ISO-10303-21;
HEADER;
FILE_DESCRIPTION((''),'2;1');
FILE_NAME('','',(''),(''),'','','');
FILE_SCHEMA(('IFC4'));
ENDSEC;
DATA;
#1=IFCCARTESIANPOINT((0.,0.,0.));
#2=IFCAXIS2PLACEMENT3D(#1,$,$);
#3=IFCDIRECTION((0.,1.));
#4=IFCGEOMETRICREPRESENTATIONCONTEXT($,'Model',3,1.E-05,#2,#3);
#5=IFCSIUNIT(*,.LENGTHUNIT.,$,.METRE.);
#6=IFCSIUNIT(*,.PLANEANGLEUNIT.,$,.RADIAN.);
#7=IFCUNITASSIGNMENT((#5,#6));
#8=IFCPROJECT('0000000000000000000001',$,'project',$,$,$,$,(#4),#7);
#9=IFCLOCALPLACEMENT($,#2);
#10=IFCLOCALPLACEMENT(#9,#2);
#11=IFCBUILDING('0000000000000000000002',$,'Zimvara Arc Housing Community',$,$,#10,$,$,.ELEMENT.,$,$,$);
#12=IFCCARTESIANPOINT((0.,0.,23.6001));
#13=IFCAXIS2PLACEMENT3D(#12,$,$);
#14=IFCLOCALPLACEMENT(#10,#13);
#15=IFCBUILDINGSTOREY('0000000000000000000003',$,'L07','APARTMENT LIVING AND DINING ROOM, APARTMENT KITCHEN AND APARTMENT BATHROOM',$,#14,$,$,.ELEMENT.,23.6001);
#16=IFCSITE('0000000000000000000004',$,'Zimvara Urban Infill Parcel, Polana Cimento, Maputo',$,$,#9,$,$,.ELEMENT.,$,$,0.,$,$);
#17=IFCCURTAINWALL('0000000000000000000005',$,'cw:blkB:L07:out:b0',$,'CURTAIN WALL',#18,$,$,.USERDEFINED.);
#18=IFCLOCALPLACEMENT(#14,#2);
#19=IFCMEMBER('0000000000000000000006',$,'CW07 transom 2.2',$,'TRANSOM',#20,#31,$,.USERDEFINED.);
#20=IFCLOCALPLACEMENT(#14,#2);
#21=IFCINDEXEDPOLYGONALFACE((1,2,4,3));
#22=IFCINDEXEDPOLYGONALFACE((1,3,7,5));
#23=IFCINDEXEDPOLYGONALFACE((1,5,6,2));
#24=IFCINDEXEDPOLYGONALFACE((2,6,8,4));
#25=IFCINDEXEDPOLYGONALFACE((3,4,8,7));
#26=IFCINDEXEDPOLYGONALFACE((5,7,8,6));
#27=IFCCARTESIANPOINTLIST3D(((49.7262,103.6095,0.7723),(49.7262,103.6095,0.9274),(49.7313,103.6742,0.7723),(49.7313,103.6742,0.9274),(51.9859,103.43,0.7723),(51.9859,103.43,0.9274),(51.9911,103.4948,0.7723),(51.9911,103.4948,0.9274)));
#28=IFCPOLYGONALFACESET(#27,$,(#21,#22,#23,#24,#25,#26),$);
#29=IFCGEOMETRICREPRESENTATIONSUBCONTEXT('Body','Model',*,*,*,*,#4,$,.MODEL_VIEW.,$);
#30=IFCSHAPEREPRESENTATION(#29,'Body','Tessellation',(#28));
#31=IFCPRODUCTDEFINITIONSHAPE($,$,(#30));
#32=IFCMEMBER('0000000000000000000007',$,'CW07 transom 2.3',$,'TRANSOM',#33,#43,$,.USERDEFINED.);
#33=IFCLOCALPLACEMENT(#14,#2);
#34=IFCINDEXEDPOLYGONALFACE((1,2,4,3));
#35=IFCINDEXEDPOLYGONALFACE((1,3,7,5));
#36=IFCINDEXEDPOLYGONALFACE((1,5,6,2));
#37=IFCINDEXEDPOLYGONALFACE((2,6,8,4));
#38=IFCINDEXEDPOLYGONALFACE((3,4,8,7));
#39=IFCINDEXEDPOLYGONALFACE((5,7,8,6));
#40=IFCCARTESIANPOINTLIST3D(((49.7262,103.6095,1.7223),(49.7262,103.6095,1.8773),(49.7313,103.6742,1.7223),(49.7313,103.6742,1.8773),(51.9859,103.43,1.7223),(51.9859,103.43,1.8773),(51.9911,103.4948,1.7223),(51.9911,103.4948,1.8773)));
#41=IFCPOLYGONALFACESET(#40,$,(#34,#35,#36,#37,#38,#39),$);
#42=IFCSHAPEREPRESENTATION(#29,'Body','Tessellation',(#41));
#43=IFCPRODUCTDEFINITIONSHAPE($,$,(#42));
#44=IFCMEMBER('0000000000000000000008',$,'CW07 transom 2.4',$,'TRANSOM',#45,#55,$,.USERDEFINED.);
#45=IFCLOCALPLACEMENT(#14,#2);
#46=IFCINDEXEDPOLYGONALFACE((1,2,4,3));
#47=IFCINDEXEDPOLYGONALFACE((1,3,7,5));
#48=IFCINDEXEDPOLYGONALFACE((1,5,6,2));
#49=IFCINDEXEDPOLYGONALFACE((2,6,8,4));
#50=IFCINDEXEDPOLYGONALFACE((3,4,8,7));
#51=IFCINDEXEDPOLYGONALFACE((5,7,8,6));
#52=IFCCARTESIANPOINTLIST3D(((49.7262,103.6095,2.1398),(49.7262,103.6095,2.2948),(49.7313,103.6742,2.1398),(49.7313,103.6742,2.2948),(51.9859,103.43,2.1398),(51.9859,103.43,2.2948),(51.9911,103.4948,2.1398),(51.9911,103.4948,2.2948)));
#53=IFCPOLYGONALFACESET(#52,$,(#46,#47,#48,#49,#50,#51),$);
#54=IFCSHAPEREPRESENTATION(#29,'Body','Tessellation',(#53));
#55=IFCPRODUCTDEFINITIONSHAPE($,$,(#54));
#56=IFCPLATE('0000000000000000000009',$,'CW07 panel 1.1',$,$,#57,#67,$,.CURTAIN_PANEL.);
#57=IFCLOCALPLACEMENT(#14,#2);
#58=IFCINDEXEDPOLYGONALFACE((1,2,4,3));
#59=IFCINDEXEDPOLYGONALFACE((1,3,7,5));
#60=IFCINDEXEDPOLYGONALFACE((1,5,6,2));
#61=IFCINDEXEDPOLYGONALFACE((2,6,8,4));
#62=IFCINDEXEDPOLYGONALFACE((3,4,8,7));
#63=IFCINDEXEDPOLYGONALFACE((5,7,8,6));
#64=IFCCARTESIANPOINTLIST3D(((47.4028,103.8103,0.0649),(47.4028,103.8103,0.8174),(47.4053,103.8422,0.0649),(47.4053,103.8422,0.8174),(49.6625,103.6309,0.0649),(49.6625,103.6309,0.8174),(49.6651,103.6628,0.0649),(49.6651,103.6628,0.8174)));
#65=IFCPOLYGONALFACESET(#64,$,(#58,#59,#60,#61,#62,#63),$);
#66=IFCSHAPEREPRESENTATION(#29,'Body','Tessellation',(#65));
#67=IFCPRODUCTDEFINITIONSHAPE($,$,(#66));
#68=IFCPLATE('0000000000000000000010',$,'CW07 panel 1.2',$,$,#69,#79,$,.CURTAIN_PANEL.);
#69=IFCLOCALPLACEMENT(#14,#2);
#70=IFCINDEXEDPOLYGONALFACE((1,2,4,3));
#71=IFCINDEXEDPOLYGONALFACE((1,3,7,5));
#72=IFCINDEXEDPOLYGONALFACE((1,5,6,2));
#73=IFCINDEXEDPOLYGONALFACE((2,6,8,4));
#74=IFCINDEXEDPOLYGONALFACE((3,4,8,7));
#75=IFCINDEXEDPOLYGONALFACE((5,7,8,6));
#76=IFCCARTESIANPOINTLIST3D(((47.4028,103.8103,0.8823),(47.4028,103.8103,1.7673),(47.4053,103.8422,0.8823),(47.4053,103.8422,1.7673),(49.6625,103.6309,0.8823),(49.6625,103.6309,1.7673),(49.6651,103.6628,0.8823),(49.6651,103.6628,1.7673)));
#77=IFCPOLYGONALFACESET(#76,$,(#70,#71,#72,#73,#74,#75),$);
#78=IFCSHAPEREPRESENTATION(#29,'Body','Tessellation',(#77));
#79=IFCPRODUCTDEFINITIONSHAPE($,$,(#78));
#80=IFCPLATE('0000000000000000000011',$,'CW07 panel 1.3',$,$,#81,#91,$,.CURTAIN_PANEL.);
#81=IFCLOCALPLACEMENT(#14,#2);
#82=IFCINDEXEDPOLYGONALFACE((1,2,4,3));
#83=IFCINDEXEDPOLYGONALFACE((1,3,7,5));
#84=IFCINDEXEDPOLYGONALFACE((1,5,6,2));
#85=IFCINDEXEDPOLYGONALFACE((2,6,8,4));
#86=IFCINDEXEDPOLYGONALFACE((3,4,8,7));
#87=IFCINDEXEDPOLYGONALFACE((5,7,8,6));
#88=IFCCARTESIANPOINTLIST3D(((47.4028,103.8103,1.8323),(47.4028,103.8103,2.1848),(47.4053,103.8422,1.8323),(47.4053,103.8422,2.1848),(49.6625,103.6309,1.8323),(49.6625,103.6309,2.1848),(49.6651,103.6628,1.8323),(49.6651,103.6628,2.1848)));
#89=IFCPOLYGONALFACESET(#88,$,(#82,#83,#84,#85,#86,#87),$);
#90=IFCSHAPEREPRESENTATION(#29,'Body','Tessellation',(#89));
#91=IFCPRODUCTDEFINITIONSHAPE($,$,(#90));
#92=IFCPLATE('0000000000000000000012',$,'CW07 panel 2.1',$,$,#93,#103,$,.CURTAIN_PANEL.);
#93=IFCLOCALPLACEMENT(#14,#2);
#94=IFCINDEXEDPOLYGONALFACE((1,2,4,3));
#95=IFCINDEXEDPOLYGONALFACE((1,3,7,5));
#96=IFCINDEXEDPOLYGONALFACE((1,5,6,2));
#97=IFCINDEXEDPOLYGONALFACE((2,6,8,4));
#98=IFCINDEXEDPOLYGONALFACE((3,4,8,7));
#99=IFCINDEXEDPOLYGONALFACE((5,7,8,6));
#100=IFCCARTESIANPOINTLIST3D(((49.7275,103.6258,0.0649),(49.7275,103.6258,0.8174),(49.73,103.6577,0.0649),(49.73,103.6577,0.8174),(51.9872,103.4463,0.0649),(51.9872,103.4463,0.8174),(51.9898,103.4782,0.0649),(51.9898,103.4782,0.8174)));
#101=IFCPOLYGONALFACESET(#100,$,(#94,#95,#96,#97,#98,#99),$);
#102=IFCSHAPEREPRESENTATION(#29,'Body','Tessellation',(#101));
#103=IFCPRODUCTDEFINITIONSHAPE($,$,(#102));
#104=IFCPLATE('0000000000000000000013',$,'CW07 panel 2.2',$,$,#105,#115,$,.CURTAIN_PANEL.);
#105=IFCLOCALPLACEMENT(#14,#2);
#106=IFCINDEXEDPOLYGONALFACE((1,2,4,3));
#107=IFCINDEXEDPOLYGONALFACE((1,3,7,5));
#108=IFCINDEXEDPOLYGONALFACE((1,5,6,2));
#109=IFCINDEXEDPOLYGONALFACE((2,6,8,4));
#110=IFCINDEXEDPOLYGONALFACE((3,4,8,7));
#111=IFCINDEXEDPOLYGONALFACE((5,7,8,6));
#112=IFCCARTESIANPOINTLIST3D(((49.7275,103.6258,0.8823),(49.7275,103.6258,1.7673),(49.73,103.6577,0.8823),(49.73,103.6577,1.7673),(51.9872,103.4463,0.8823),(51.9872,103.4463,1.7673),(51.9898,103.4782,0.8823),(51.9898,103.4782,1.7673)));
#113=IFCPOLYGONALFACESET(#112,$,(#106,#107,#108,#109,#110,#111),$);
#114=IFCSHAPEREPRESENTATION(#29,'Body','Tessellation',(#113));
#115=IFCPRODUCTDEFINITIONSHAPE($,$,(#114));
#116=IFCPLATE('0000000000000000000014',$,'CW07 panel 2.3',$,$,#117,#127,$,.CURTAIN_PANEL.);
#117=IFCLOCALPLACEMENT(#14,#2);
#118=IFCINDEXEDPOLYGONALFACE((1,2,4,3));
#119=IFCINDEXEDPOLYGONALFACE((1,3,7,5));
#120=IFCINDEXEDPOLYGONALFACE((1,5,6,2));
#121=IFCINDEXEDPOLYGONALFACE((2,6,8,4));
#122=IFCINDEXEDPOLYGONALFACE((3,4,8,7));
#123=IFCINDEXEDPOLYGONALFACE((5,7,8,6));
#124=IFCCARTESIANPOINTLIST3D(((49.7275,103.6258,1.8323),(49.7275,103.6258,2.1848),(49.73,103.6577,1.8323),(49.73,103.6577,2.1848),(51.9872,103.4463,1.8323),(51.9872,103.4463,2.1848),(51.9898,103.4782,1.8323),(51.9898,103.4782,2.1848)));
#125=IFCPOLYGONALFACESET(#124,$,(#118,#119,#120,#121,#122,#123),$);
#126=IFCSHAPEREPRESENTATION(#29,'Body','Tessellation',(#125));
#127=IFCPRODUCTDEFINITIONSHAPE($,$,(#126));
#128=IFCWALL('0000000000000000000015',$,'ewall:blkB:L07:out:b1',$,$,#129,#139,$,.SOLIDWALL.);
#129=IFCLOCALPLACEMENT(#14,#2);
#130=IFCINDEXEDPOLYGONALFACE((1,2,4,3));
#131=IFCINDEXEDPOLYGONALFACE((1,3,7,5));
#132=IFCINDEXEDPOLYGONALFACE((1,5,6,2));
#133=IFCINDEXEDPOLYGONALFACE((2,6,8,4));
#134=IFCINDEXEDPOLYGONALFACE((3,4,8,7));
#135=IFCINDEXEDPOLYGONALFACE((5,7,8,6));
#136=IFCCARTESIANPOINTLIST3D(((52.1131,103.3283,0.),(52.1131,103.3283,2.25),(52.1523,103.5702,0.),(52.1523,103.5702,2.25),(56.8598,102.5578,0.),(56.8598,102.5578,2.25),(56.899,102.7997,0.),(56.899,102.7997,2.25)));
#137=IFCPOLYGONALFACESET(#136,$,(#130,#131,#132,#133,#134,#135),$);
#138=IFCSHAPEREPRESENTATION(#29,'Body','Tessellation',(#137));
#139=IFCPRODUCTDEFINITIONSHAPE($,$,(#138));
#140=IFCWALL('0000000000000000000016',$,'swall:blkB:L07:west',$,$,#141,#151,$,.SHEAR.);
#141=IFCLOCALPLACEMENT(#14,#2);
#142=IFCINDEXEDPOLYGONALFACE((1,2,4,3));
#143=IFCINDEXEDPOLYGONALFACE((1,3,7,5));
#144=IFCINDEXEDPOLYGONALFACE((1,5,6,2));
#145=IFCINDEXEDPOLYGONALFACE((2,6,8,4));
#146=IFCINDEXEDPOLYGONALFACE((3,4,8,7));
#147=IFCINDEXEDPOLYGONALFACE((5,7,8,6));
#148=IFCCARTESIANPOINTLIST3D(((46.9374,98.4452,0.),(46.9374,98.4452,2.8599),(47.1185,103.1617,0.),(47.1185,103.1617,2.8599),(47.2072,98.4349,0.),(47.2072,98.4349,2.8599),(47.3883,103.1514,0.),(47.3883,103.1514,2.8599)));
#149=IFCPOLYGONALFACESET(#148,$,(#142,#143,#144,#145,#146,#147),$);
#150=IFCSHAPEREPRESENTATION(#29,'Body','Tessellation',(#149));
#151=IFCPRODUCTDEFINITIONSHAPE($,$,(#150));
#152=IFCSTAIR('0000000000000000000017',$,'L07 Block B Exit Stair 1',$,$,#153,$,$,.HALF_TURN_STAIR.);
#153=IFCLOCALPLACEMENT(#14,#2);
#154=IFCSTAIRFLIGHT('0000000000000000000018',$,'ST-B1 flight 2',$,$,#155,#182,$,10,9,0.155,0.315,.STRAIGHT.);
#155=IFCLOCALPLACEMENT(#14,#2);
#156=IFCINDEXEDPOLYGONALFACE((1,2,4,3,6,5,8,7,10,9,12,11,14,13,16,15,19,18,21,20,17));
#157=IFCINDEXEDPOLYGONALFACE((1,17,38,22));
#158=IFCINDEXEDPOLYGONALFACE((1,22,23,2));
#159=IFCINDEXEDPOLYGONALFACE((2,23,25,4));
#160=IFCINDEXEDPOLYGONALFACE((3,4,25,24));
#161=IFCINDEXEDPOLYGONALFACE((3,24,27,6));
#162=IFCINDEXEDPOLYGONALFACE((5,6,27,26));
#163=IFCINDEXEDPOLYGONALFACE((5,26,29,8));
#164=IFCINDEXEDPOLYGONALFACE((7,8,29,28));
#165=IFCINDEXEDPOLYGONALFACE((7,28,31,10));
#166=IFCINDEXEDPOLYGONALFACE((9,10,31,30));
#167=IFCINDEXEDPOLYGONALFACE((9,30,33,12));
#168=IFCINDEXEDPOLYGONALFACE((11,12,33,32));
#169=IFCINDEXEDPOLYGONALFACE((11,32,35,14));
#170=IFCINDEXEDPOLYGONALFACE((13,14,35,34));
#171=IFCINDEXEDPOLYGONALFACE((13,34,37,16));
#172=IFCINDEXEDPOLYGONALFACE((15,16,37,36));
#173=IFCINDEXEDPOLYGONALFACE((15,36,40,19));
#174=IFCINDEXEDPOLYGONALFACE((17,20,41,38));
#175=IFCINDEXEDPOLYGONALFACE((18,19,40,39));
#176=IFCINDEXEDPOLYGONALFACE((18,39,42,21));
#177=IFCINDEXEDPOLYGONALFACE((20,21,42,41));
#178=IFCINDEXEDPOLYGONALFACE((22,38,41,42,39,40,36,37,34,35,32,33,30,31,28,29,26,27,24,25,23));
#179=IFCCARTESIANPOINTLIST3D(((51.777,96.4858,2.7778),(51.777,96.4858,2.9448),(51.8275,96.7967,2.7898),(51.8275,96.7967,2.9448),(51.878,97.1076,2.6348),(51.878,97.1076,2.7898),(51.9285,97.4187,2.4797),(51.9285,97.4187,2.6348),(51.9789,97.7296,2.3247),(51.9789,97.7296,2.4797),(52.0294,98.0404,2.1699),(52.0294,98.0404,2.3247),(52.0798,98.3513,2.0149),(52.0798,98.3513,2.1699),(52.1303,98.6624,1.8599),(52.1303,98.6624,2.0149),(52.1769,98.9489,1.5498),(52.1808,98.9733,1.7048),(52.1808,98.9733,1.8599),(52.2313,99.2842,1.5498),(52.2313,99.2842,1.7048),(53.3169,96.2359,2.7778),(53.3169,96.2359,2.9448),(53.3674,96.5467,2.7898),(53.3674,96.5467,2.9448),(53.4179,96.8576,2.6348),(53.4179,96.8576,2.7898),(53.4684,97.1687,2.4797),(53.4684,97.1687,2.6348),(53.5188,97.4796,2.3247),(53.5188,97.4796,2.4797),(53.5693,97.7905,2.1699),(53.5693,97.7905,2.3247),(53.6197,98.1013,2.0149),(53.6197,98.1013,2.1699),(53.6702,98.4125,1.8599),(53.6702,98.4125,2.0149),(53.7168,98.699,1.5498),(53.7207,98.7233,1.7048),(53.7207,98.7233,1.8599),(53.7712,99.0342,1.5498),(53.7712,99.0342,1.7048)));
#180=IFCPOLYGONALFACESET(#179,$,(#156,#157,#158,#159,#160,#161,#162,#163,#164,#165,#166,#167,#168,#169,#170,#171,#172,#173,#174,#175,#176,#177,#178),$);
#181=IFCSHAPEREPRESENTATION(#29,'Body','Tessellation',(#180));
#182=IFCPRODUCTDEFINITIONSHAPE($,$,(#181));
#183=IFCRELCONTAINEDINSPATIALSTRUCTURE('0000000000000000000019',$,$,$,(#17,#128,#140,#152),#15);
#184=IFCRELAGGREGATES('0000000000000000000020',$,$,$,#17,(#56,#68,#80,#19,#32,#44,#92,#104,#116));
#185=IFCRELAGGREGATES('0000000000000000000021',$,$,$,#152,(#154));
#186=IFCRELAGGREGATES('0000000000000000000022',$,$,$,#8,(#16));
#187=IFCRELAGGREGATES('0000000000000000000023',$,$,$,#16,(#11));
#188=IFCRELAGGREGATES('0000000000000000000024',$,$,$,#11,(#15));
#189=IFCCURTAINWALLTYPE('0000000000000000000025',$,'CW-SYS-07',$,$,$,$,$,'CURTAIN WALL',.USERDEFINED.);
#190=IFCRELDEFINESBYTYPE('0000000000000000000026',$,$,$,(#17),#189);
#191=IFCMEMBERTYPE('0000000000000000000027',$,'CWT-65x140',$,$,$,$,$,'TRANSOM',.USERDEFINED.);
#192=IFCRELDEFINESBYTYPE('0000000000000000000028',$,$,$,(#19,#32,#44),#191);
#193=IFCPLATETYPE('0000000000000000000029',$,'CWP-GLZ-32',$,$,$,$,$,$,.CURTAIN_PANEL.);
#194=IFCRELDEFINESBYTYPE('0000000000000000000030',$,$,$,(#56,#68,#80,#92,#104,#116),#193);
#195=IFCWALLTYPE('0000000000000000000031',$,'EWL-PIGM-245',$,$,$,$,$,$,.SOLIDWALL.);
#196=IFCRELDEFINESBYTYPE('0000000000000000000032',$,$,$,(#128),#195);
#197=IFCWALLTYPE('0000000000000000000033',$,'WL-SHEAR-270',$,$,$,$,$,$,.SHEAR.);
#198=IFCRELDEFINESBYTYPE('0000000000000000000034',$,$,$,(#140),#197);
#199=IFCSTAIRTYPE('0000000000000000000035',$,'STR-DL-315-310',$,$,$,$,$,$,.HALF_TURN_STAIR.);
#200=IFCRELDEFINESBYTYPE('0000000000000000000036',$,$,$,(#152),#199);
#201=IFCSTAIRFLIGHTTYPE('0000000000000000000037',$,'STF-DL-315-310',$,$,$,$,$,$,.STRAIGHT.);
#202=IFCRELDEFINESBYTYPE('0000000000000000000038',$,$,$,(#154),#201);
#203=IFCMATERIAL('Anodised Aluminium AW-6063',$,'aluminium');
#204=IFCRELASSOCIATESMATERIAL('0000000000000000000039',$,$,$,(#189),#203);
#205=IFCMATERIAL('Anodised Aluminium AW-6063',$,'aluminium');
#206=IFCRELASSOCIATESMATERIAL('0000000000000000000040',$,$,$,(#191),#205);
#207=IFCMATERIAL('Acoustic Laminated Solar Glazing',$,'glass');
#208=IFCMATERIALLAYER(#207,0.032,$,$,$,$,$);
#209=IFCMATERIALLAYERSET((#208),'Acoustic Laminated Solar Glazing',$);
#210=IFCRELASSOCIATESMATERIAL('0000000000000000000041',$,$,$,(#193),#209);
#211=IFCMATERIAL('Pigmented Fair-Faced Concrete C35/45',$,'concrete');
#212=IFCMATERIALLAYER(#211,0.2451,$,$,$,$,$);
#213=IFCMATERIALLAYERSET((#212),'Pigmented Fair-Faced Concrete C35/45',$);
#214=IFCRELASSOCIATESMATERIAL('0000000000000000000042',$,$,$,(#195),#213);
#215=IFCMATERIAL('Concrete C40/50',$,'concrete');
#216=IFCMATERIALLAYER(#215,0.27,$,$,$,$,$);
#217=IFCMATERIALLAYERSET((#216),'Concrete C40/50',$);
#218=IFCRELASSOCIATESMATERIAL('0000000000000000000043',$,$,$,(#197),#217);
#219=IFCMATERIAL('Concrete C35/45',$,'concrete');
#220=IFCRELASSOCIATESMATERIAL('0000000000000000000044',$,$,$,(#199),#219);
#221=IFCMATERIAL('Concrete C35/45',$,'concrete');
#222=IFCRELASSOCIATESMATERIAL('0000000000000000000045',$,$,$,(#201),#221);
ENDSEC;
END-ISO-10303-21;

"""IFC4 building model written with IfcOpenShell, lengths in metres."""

from ifc_helpers import new_model, si_unit, direction, frame, frame_2d, origin, origin_2d, place, context, subcontext, project, spatial, polyline, rectangle, outline, extrude, material, layer, layer_set, material_profile, profile_set, type_object, element, aggregate, save


model = new_model("IFC4")

# Units and contexts
model_context = context("Model", 3, precision=1e-05, world=origin(), true_north=direction((0.0, 1.0)))
body_context = subcontext(model_context, "Body", "Model", "MODEL_VIEW")
ifc_project = project(units=[si_unit("LENGTHUNIT", "METRE"), si_unit("PLANEANGLEUNIT", "RADIAN")], contexts=[model_context])

# Site, building, storey
site_placement = place(None, origin())
site = spatial("IfcSite", under=ifc_project, at=site_placement, Name="Zimvara Urban Infill Parcel, Polana Cimento, Maputo", CompositionType="ELEMENT", RefElevation=0.0)
building_placement = place(site_placement, origin())
building = spatial("IfcBuilding", under=site, at=building_placement, Name="Zimvara Arc Housing Community", CompositionType="ELEMENT")
storey_placement = place(building_placement, frame((0.0, 0.0, 23.6001)))
storey = spatial("IfcBuildingStorey", under=building, at=storey_placement, Name="L07", Description="APARTMENT LIVING AND DINING ROOM, APARTMENT KITCHEN AND APARTMENT BATHROOM", CompositionType="ELEMENT", Elevation=23.6001)

# Curtain wall, members, plates
ifc_material_1 = material(Name="Anodised Aluminium AW-6063", Category="aluminium")
curtain_wall_type = type_object("IfcCurtainWallType", Name="CW-SYS-07", ElementType="CURTAIN WALL", PredefinedType="USERDEFINED", material=ifc_material_1)
curtain_wall_placement = place(storey_placement, origin())
curtain_wall = element("IfcCurtainWall", 1, at=curtain_wall_placement, inside=storey, type_object=curtain_wall_type, Name="cw:blkB:L07:out:b0", ObjectType="CURTAIN WALL", PredefinedType="USERDEFINED")
ifc_material_2 = material(Name="Anodised Aluminium AW-6063", Category="aluminium")
ifc_material_profile_1 = material_profile(ifc_material_2, rectangle(XDim=0.0649, YDim=0.155, at=origin_2d()), Name="ALU 65x155")
ifc_profile_set_1 = profile_set([ifc_material_profile_1], Name="Anodised Aluminium AW-6063")
member_type_1 = type_object("IfcMemberType", Name="CWT-65x140", ElementType="TRANSOM", PredefinedType="USERDEFINED", material=ifc_profile_set_1)
member_1_placement = place(storey_placement, frame((49.7288, 103.6418, 0.8499), z_axis=(0.996862, -0.079159, 0.0), x_axis=(0.079159, 0.996862, 0.0)))
member_1 = element("IfcMember", 2, at=member_1_placement, type_object=member_type_1, Name="CW07 transom 2.2", ObjectType="TRANSOM", PredefinedType="USERDEFINED", context=body_context, shape_type="SweptSolid", body=[
    extrude(rectangle(XDim=0.0649, YDim=0.155, at=origin_2d()), origin(), (0.0, 0.0, 1.0), 2.2668),
])
member_2_placement = place(storey_placement, frame((49.7288, 103.6418, 1.7998), z_axis=(0.996862, -0.079159, 0.0), x_axis=(0.079159, 0.996862, 0.0)))
member_2 = element("IfcMember", 3, at=member_2_placement, type_object=member_type_1, Name="CW07 transom 2.3", ObjectType="TRANSOM", PredefinedType="USERDEFINED", context=body_context, shape_type="SweptSolid", body=[
    extrude(rectangle(XDim=0.0649, YDim=0.155, at=origin_2d()), origin(), (0.0, 0.0, 1.0), 2.2668),
])
member_3_placement = place(storey_placement, frame((49.7288, 103.6418, 2.2173), z_axis=(0.996862, -0.079159, 0.0), x_axis=(0.079159, 0.996862, 0.0)))
member_3 = element("IfcMember", 4, at=member_3_placement, type_object=member_type_1, Name="CW07 transom 2.4", ObjectType="TRANSOM", PredefinedType="USERDEFINED", context=body_context, shape_type="SweptSolid", body=[
    extrude(rectangle(XDim=0.0649, YDim=0.155, at=origin_2d()), origin(), (0.0, 0.0, 1.0), 2.2668),
])
ifc_material_3 = material(Name="Acoustic Laminated Solar Glazing", Category="glass")
ifc_layer_1 = layer(ifc_material_3, 0.032)
ifc_layer_set_1 = layer_set([ifc_layer_1], Name="Acoustic Laminated Solar Glazing")
plate_type = type_object("IfcPlateType", Name="CWP-GLZ-32", PredefinedType="CURTAIN_PANEL", material=ifc_layer_set_1)
plate_1_placement = place(storey_placement, frame((48.5339, 103.7366, 0.0649), z_axis=(0.0, 0.0, 1.0), x_axis=(0.996862, -0.079154, 0.0)))
plate_1 = element("IfcPlate", 5, at=plate_1_placement, type_object=plate_type, Name="CW07 panel 1.1", PredefinedType="CURTAIN_PANEL", context=body_context, shape_type="SweptSolid", body=[
    extrude(rectangle(XDim=2.2668, YDim=0.032, at=origin_2d()), origin(), (0.0, 0.0, 1.0), 0.7524),
])
plate_2_placement = place(storey_placement, frame((48.5339, 103.7366, 0.8823), z_axis=(0.0, 0.0, 1.0), x_axis=(0.996862, -0.079154, 0.0)))
plate_2 = element("IfcPlate", 6, at=plate_2_placement, type_object=plate_type, Name="CW07 panel 1.2", PredefinedType="CURTAIN_PANEL", context=body_context, shape_type="SweptSolid", body=[
    extrude(rectangle(XDim=2.2668, YDim=0.032, at=origin_2d()), origin(), (0.0, 0.0, 1.0), 0.885),
])
plate_3_placement = place(storey_placement, frame((48.5339, 103.7366, 1.8323), z_axis=(0.0, 0.0, 1.0), x_axis=(0.996862, -0.079154, 0.0)))
plate_3 = element("IfcPlate", 7, at=plate_3_placement, type_object=plate_type, Name="CW07 panel 1.3", PredefinedType="CURTAIN_PANEL", context=body_context, shape_type="SweptSolid", body=[
    extrude(rectangle(XDim=2.2668, YDim=0.032, at=origin_2d()), origin(), (0.0, 0.0, 1.0), 0.3525),
])
plate_4_placement = place(storey_placement, frame((50.8586, 103.552, 0.0649), z_axis=(0.0, 0.0, 1.0), x_axis=(0.996862, -0.079154, 0.0)))
plate_4 = element("IfcPlate", 8, at=plate_4_placement, type_object=plate_type, Name="CW07 panel 2.1", PredefinedType="CURTAIN_PANEL", context=body_context, shape_type="SweptSolid", body=[
    extrude(rectangle(XDim=2.2668, YDim=0.032, at=origin_2d()), origin(), (0.0, 0.0, 1.0), 0.7524),
])
plate_5_placement = place(storey_placement, frame((50.8586, 103.552, 0.8823), z_axis=(0.0, 0.0, 1.0), x_axis=(0.996862, -0.079154, 0.0)))
plate_5 = element("IfcPlate", 9, at=plate_5_placement, type_object=plate_type, Name="CW07 panel 2.2", PredefinedType="CURTAIN_PANEL", context=body_context, shape_type="SweptSolid", body=[
    extrude(rectangle(XDim=2.2668, YDim=0.032, at=origin_2d()), origin(), (0.0, 0.0, 1.0), 0.885),
])
plate_6_placement = place(storey_placement, frame((50.8586, 103.552, 1.8323), z_axis=(0.0, 0.0, 1.0), x_axis=(0.996862, -0.079154, 0.0)))
plate_6 = element("IfcPlate", 10, at=plate_6_placement, type_object=plate_type, Name="CW07 panel 2.3", PredefinedType="CURTAIN_PANEL", context=body_context, shape_type="SweptSolid", body=[
    extrude(rectangle(XDim=2.2668, YDim=0.032, at=origin_2d()), origin(), (0.0, 0.0, 1.0), 0.3525),
])
aggregate(curtain_wall, [plate_1, plate_2, plate_3, member_1, member_2, member_3, plate_4, plate_5, plate_6])

# Walls
ifc_material_4 = material(Name="Pigmented Fair-Faced Concrete C35/45", Category="concrete")
ifc_layer_2 = layer(ifc_material_4, 0.2451)
ifc_layer_set_2 = layer_set([ifc_layer_2], Name="Pigmented Fair-Faced Concrete C35/45")
wall_type_1 = type_object("IfcWallType", Name="EWL-PIGM-245", PredefinedType="SOLIDWALL", material=ifc_layer_set_2)
wall_1_placement = place(storey_placement, frame((52.1328, 103.4492, 0.0), z_axis=(0.0, 0.0, 1.0), x_axis=(0.987081, -0.160224, 0.0)))
element("IfcWall", 11, at=wall_1_placement, inside=storey, type_object=wall_type_1, Name="ewall:blkB:L07:out:b1", PredefinedType="SOLIDWALL", context=body_context, shape_type="SweptSolid", body=[
    extrude(rectangle(XDim=4.8088, YDim=0.2451, at=frame_2d((2.4043, 0.0))), origin(), (0.0, 0.0, 1.0), 2.25),
])
ifc_material_5 = material(Name="Concrete C40/50", Category="concrete")
ifc_layer_3 = layer(ifc_material_5, 0.27)
ifc_layer_set_3 = layer_set([ifc_layer_3], Name="Concrete C40/50")
wall_type_2 = type_object("IfcWallType", Name="WL-SHEAR-270", PredefinedType="SHEAR", material=ifc_layer_set_3)
wall_2_placement = place(storey_placement, frame((47.0723, 98.4402, 0.0), z_axis=(0.0, 0.0, 1.0), x_axis=(0.038379, 0.999263, 0.0)))
element("IfcWall", 12, at=wall_2_placement, inside=storey, type_object=wall_type_2, Name="swall:blkB:L07:west", PredefinedType="SHEAR", context=body_context, shape_type="SweptSolid", body=[
    extrude(rectangle(XDim=4.72, YDim=0.27, at=frame_2d((2.3599, 0.0))), origin(), (0.0, 0.0, 1.0), 2.8599),
])

# Stair, stair flight
ifc_material_6 = material(Name="Concrete C35/45", Category="concrete")
stair_type = type_object("IfcStairType", Name="STR-DL-315-310", PredefinedType="HALF_TURN_STAIR", material=ifc_material_6)
stair_placement = place(storey_placement, origin())
stair = element("IfcStair", 13, at=stair_placement, inside=storey, type_object=stair_type, Name="L07 Block B Exit Stair 1", PredefinedType="HALF_TURN_STAIR")
ifc_material_7 = material(Name="Concrete C35/45", Category="concrete")
stair_flight_type = type_object("IfcStairFlightType", Name="STF-DL-315-310", PredefinedType="STRAIGHT", material=ifc_material_7)
stair_flight_placement = place(storey_placement, frame((53.0012, 99.1592, 1.5498), z_axis=(0.0, 0.0, 1.0), x_axis=(-0.160226, -0.98708, 0.0)))
stair_flight = element("IfcStairFlight", 14, at=stair_flight_placement, type_object=stair_flight_type, Name="ST-B1 flight 2", NumberOfRisers=10, NumberOfTreads=9, PredefinedType="STRAIGHT", RiserHeight=0.155, TreadLength=0.315, context=body_context, shape_type="SweptSolid", body=[
    extrude(outline(polyline([(0.0, 0.0), (0.0, 0.155), (0.3149, 0.155), (0.3149, 0.3101), (0.6299, 0.3101), (0.6299, 0.4651), (0.9451, 0.4651), (0.9451, 0.6201), (1.26, 0.6201), (1.26, 0.7749), (1.575, 0.7749), (1.575, 0.9299), (1.8899, 0.9299), (1.8899, 1.085), (2.2051, 1.085), (2.2051, 1.24), (2.52, 1.24), (2.52, 1.395), (2.835, 1.395), (2.835, 1.55), (2.835, 1.228), (0.3396, 0.0), (0.0, 0.0)])), frame((0.0, 0.78, 0.0), z_axis=(0.0, -1.0, 0.0), x_axis=(1.0, 0.0, 0.0)), (0.0, 0.0, 1.0), 1.5601),
])
aggregate(stair, [stair_flight])

save(model, "model.ifc")
